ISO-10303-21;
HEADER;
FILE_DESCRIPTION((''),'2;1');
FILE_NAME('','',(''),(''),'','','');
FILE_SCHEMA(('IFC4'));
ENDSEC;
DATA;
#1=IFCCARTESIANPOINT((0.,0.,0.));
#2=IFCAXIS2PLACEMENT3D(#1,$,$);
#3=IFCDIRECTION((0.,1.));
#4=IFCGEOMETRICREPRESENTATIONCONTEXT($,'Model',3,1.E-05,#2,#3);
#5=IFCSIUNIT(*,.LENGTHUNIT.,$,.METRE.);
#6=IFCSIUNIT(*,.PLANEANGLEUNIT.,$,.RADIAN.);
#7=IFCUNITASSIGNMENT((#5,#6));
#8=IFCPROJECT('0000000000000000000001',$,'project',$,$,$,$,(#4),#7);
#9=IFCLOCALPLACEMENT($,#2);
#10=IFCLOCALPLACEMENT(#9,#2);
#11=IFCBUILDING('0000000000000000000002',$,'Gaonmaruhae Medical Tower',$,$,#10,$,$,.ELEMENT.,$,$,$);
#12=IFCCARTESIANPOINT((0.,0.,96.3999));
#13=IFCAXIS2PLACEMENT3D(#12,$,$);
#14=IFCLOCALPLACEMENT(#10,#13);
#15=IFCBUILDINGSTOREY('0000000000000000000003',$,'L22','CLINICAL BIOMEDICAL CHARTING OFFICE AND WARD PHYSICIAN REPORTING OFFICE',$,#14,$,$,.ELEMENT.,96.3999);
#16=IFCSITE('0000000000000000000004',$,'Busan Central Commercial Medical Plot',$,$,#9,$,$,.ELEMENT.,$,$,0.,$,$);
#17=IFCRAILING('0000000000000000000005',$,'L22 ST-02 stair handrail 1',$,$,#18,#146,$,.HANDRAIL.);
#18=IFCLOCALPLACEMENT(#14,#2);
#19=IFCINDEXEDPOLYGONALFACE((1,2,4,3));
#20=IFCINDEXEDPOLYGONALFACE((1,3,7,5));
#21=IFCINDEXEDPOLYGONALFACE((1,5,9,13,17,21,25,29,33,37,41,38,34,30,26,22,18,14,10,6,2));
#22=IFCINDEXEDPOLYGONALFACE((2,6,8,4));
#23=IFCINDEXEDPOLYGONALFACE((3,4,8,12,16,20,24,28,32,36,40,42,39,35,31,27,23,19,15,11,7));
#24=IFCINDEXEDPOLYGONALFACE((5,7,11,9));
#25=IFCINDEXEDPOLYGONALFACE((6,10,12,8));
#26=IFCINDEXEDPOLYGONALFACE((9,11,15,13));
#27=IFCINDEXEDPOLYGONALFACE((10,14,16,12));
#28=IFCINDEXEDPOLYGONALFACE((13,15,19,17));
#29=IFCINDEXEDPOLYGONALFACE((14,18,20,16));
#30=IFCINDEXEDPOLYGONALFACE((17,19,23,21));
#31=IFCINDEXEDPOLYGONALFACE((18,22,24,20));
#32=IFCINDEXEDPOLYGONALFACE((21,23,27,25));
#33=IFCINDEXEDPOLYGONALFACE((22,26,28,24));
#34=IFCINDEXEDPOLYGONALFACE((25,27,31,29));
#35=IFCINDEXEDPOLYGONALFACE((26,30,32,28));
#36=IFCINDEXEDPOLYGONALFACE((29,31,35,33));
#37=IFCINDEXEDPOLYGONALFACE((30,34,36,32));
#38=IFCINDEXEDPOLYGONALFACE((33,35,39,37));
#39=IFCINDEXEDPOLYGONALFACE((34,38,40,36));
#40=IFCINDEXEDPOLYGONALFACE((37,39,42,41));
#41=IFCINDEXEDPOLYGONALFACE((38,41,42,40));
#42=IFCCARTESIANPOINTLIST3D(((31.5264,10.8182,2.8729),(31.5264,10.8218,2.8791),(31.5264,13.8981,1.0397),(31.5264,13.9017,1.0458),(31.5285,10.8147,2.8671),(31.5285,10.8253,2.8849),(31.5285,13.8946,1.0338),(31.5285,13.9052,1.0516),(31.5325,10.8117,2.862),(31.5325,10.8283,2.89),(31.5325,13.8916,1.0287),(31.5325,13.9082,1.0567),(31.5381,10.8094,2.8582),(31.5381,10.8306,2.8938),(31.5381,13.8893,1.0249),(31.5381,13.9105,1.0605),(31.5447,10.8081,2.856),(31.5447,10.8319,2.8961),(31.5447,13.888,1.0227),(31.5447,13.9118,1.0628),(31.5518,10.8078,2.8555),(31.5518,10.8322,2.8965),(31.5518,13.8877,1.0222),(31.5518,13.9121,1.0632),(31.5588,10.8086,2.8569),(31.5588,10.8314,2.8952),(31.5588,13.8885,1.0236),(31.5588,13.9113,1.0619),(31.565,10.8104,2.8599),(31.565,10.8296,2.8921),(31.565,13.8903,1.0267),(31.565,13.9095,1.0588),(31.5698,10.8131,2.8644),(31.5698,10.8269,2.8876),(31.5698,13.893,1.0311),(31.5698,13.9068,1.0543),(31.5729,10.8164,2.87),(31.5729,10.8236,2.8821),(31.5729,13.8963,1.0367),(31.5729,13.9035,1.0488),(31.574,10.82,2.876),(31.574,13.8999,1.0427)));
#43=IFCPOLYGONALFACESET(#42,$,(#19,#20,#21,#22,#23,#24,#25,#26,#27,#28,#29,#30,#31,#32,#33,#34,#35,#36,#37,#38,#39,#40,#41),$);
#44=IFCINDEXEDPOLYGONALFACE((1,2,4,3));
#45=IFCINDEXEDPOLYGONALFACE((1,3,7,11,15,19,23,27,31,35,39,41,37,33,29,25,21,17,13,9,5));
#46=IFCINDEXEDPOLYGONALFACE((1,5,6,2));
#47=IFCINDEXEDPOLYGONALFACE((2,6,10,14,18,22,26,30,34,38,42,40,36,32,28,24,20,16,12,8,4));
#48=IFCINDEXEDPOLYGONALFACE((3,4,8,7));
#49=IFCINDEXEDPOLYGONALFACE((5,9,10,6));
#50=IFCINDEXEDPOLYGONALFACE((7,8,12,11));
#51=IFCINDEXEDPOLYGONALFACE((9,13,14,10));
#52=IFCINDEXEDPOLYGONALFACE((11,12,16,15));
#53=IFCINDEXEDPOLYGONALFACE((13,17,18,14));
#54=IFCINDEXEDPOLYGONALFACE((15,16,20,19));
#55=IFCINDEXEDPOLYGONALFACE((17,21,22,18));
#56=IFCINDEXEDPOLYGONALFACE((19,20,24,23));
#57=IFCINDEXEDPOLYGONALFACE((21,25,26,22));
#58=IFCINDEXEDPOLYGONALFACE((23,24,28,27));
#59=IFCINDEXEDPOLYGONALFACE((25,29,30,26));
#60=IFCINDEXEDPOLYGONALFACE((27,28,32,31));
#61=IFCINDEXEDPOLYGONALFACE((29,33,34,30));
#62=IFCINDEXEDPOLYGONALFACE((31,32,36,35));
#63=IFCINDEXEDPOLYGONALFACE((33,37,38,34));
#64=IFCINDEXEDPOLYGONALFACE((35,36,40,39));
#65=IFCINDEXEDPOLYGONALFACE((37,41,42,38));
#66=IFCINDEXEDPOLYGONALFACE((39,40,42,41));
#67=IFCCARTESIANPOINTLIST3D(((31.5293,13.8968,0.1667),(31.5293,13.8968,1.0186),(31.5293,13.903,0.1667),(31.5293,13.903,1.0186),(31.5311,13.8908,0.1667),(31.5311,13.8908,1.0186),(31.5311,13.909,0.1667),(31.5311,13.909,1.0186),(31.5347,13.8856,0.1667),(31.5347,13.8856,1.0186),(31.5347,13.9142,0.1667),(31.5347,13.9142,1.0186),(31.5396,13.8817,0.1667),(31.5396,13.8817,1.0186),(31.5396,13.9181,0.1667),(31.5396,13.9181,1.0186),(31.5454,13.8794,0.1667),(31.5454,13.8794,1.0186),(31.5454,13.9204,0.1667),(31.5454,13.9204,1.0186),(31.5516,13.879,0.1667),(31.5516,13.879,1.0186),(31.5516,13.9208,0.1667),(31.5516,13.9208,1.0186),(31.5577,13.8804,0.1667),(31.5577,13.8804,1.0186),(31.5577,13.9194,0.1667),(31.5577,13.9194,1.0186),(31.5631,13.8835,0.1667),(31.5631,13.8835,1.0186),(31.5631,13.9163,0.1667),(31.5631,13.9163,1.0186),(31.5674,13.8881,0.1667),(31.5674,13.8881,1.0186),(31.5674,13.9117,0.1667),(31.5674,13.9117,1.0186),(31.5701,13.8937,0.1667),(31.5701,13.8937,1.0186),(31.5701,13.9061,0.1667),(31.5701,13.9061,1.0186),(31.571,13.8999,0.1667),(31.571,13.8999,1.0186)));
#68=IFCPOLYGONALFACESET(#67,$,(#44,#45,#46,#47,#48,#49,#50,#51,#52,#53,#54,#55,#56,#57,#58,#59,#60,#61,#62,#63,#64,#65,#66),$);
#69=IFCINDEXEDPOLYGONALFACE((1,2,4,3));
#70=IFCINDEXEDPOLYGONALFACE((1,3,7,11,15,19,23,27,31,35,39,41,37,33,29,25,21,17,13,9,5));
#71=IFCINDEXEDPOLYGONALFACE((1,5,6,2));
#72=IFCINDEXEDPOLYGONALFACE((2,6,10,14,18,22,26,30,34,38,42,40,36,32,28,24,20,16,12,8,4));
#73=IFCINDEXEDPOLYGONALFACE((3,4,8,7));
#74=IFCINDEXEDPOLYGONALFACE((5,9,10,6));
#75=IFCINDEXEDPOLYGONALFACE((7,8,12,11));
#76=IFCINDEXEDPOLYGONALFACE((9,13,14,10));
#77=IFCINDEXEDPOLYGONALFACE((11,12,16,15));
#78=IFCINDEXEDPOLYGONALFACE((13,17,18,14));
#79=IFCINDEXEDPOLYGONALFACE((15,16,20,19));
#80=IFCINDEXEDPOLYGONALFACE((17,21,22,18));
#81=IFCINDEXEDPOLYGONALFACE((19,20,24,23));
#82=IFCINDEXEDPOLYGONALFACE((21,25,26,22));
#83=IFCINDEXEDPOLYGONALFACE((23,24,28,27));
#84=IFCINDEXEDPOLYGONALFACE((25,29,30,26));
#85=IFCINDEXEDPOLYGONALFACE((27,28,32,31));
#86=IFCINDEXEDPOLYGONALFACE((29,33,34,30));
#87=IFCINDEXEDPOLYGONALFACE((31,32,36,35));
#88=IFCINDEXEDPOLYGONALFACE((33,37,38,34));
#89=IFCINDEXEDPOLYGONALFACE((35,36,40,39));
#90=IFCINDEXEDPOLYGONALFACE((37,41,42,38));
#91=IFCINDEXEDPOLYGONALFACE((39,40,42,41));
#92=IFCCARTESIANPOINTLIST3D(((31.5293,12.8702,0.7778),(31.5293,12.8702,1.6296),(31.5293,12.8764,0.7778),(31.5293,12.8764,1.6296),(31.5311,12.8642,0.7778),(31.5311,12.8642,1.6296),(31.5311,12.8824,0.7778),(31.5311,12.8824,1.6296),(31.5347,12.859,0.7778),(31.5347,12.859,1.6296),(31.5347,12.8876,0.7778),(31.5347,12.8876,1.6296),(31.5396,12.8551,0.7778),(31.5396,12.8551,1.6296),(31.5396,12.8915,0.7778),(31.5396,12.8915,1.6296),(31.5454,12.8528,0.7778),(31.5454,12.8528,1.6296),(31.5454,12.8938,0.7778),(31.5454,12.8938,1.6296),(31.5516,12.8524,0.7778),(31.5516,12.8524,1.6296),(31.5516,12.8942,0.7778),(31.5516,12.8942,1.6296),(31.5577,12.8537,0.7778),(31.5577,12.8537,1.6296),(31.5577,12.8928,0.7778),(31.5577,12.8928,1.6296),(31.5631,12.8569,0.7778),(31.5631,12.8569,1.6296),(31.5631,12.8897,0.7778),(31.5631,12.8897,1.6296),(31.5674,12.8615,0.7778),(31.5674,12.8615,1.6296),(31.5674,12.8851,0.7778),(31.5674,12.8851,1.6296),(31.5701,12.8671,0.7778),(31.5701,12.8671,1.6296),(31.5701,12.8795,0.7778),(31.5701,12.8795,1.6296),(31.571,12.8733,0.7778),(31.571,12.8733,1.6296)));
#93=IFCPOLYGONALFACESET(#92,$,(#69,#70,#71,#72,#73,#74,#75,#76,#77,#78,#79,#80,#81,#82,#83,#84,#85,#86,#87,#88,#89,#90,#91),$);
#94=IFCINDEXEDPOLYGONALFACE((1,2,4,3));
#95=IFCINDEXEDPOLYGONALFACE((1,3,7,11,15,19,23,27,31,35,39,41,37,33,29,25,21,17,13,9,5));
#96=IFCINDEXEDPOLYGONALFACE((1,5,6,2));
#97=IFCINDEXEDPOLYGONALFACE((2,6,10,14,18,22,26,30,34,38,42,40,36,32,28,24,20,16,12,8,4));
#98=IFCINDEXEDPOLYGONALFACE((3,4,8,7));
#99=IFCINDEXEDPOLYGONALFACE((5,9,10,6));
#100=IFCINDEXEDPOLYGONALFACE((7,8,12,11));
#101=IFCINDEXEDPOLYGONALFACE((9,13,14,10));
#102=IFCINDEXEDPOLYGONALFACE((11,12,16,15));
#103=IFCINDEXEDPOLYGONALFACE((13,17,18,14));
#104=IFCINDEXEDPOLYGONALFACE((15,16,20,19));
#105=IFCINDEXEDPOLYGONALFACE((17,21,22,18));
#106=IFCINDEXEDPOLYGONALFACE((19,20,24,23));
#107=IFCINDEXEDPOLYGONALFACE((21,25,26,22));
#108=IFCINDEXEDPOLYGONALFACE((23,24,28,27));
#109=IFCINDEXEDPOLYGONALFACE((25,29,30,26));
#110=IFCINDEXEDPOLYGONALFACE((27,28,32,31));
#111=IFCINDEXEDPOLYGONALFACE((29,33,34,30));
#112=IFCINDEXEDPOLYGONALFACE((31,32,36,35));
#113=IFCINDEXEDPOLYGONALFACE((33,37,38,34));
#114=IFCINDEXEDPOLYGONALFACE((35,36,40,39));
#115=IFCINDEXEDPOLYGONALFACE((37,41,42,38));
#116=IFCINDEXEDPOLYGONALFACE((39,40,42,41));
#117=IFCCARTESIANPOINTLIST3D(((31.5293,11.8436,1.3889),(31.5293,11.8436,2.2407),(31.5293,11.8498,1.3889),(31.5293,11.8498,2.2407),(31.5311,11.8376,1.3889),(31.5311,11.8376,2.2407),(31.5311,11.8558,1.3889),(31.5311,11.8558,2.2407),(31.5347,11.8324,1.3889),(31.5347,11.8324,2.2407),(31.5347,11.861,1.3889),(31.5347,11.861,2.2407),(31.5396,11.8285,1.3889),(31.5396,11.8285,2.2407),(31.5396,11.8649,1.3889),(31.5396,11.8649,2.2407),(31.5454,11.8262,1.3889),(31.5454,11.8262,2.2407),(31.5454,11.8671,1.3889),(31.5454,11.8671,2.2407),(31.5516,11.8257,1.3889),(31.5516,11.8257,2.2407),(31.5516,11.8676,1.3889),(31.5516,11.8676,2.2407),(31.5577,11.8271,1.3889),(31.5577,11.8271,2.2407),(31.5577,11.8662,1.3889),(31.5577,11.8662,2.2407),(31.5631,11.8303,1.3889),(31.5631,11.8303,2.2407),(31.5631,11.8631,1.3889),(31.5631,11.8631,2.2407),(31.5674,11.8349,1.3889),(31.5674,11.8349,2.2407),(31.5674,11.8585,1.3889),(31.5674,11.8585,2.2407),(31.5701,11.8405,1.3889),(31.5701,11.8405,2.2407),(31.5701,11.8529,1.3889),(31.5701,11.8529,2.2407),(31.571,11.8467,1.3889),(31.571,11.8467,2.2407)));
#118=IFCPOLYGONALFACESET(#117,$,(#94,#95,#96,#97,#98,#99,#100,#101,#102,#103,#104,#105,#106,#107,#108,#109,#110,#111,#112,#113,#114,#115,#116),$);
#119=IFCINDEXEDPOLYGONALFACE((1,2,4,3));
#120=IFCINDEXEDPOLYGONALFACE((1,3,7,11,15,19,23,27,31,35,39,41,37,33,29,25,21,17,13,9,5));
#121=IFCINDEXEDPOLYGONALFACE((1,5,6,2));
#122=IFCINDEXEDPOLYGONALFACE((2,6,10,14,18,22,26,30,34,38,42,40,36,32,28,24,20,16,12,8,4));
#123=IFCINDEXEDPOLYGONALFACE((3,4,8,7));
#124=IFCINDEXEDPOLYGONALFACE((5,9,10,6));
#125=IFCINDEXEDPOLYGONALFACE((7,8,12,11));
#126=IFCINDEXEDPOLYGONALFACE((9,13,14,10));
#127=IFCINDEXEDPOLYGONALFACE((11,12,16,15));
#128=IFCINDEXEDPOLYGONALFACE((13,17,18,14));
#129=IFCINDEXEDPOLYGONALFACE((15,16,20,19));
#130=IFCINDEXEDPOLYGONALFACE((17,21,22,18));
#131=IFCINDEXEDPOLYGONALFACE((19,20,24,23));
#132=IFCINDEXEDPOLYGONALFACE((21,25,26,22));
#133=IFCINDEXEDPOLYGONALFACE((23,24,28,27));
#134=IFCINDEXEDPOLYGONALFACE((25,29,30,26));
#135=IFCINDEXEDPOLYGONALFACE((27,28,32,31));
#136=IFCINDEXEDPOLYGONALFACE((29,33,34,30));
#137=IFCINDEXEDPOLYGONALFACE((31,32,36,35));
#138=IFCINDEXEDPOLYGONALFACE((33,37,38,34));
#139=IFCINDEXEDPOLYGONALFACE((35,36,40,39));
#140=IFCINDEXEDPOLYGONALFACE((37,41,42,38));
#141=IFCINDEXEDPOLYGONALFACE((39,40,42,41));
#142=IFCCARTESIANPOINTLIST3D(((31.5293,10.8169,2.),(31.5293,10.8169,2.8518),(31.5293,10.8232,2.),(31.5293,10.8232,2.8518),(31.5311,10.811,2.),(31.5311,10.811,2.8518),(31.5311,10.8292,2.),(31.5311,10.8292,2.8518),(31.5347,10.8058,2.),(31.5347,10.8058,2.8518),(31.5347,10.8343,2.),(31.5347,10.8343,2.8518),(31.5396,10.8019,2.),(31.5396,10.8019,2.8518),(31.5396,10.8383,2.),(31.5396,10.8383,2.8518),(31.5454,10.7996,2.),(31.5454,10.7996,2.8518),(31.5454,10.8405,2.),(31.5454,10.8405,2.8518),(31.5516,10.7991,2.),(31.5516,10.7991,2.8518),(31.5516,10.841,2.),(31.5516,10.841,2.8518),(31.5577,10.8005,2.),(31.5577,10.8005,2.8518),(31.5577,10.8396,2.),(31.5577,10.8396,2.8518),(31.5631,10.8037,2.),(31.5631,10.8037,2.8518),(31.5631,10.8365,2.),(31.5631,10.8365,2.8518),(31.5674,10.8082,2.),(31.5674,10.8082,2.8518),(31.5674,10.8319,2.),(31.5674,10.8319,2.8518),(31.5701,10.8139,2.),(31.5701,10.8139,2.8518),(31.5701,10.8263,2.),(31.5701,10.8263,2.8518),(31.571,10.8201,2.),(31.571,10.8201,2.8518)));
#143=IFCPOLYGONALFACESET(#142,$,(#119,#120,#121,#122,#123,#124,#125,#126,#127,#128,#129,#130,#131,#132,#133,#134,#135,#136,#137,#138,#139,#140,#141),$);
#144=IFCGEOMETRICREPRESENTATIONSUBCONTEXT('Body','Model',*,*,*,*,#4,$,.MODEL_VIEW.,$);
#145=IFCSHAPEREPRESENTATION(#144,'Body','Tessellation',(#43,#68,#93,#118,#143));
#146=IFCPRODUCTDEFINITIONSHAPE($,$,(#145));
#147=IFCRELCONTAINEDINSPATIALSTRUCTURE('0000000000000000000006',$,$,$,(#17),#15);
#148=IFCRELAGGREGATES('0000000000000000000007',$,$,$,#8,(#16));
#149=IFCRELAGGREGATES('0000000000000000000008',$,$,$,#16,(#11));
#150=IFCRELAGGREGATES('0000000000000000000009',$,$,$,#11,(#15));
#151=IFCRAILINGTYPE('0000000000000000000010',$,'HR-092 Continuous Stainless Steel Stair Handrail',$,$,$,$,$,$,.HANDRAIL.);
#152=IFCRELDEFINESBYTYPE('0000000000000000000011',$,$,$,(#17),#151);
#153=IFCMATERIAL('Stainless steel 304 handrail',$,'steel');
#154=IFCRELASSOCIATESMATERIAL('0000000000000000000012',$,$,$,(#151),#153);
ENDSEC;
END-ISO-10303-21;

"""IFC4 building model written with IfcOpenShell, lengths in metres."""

from ifc_helpers import new_model, si_unit, direction, frame, origin, origin_2d, place, context, subcontext, project, spatial, circle, extrude, material, type_object, element, save


model = new_model("IFC4")

# Units and contexts
model_context = context("Model", 3, precision=1e-05, world=origin(), true_north=direction((0.0, 1.0)))
body_context = subcontext(model_context, "Body", "Model", "MODEL_VIEW")
ifc_project = project(units=[si_unit("LENGTHUNIT", "METRE"), si_unit("PLANEANGLEUNIT", "RADIAN")], contexts=[model_context])

# Site, building, storey
site_placement = place(None, origin())
site = spatial("IfcSite", under=ifc_project, at=site_placement, Name="Busan Central Commercial Medical Plot", CompositionType="ELEMENT", RefElevation=0.0)
building_placement = place(site_placement, origin())
building = spatial("IfcBuilding", under=site, at=building_placement, Name="Gaonmaruhae Medical Tower", CompositionType="ELEMENT")
storey_placement = place(building_placement, frame((0.0, 0.0, 96.3999)))
storey = spatial("IfcBuildingStorey", under=building, at=storey_placement, Name="L22", Description="CLINICAL BIOMEDICAL CHARTING OFFICE AND WARD PHYSICIAN REPORTING OFFICE", CompositionType="ELEMENT", Elevation=96.3999)

# Railing
ifc_material_1 = material(Name="Stainless steel 304 handrail", Category="steel")
railing_type_1 = type_object("IfcRailingType", Name="HR-092 Continuous Stainless Steel Stair Handrail", PredefinedType="HANDRAIL", material=ifc_material_1)
railing_1_placement = place(storey_placement, frame((31.55, 13.8999, 0.1667)))
element("IfcRailing", 1, at=railing_1_placement, inside=storey, type_object=railing_type_1, Name="L22 ST-02 stair handrail 1", PredefinedType="HANDRAIL", context=body_context, shape_type="SweptSolid", body=[
    extrude(circle(Radius=0.0239, at=origin_2d()), frame((0.0, 0.0, 0.876), z_axis=(0.0, -0.859291, 0.511487), x_axis=(1.0, 0.0, 0.0)), (0.0, 0.0, 1.0), 3.5842),
    extrude(circle(Radius=0.021, at=origin_2d()), origin(), (0.0, 0.0, 1.0), 0.8518),
    extrude(circle(Radius=0.021, at=origin_2d()), frame((0.0, -1.0266, 0.6111)), (0.0, 0.0, 1.0), 0.8518),
    extrude(circle(Radius=0.021, at=origin_2d()), frame((0.0, -2.0532, 1.2222)), (0.0, 0.0, 1.0), 0.8518),
    extrude(circle(Radius=0.021, at=origin_2d()), frame((0.0, -3.0798, 1.8333)), (0.0, 0.0, 1.0), 0.8518),
])

save(model, "model.ifc")
